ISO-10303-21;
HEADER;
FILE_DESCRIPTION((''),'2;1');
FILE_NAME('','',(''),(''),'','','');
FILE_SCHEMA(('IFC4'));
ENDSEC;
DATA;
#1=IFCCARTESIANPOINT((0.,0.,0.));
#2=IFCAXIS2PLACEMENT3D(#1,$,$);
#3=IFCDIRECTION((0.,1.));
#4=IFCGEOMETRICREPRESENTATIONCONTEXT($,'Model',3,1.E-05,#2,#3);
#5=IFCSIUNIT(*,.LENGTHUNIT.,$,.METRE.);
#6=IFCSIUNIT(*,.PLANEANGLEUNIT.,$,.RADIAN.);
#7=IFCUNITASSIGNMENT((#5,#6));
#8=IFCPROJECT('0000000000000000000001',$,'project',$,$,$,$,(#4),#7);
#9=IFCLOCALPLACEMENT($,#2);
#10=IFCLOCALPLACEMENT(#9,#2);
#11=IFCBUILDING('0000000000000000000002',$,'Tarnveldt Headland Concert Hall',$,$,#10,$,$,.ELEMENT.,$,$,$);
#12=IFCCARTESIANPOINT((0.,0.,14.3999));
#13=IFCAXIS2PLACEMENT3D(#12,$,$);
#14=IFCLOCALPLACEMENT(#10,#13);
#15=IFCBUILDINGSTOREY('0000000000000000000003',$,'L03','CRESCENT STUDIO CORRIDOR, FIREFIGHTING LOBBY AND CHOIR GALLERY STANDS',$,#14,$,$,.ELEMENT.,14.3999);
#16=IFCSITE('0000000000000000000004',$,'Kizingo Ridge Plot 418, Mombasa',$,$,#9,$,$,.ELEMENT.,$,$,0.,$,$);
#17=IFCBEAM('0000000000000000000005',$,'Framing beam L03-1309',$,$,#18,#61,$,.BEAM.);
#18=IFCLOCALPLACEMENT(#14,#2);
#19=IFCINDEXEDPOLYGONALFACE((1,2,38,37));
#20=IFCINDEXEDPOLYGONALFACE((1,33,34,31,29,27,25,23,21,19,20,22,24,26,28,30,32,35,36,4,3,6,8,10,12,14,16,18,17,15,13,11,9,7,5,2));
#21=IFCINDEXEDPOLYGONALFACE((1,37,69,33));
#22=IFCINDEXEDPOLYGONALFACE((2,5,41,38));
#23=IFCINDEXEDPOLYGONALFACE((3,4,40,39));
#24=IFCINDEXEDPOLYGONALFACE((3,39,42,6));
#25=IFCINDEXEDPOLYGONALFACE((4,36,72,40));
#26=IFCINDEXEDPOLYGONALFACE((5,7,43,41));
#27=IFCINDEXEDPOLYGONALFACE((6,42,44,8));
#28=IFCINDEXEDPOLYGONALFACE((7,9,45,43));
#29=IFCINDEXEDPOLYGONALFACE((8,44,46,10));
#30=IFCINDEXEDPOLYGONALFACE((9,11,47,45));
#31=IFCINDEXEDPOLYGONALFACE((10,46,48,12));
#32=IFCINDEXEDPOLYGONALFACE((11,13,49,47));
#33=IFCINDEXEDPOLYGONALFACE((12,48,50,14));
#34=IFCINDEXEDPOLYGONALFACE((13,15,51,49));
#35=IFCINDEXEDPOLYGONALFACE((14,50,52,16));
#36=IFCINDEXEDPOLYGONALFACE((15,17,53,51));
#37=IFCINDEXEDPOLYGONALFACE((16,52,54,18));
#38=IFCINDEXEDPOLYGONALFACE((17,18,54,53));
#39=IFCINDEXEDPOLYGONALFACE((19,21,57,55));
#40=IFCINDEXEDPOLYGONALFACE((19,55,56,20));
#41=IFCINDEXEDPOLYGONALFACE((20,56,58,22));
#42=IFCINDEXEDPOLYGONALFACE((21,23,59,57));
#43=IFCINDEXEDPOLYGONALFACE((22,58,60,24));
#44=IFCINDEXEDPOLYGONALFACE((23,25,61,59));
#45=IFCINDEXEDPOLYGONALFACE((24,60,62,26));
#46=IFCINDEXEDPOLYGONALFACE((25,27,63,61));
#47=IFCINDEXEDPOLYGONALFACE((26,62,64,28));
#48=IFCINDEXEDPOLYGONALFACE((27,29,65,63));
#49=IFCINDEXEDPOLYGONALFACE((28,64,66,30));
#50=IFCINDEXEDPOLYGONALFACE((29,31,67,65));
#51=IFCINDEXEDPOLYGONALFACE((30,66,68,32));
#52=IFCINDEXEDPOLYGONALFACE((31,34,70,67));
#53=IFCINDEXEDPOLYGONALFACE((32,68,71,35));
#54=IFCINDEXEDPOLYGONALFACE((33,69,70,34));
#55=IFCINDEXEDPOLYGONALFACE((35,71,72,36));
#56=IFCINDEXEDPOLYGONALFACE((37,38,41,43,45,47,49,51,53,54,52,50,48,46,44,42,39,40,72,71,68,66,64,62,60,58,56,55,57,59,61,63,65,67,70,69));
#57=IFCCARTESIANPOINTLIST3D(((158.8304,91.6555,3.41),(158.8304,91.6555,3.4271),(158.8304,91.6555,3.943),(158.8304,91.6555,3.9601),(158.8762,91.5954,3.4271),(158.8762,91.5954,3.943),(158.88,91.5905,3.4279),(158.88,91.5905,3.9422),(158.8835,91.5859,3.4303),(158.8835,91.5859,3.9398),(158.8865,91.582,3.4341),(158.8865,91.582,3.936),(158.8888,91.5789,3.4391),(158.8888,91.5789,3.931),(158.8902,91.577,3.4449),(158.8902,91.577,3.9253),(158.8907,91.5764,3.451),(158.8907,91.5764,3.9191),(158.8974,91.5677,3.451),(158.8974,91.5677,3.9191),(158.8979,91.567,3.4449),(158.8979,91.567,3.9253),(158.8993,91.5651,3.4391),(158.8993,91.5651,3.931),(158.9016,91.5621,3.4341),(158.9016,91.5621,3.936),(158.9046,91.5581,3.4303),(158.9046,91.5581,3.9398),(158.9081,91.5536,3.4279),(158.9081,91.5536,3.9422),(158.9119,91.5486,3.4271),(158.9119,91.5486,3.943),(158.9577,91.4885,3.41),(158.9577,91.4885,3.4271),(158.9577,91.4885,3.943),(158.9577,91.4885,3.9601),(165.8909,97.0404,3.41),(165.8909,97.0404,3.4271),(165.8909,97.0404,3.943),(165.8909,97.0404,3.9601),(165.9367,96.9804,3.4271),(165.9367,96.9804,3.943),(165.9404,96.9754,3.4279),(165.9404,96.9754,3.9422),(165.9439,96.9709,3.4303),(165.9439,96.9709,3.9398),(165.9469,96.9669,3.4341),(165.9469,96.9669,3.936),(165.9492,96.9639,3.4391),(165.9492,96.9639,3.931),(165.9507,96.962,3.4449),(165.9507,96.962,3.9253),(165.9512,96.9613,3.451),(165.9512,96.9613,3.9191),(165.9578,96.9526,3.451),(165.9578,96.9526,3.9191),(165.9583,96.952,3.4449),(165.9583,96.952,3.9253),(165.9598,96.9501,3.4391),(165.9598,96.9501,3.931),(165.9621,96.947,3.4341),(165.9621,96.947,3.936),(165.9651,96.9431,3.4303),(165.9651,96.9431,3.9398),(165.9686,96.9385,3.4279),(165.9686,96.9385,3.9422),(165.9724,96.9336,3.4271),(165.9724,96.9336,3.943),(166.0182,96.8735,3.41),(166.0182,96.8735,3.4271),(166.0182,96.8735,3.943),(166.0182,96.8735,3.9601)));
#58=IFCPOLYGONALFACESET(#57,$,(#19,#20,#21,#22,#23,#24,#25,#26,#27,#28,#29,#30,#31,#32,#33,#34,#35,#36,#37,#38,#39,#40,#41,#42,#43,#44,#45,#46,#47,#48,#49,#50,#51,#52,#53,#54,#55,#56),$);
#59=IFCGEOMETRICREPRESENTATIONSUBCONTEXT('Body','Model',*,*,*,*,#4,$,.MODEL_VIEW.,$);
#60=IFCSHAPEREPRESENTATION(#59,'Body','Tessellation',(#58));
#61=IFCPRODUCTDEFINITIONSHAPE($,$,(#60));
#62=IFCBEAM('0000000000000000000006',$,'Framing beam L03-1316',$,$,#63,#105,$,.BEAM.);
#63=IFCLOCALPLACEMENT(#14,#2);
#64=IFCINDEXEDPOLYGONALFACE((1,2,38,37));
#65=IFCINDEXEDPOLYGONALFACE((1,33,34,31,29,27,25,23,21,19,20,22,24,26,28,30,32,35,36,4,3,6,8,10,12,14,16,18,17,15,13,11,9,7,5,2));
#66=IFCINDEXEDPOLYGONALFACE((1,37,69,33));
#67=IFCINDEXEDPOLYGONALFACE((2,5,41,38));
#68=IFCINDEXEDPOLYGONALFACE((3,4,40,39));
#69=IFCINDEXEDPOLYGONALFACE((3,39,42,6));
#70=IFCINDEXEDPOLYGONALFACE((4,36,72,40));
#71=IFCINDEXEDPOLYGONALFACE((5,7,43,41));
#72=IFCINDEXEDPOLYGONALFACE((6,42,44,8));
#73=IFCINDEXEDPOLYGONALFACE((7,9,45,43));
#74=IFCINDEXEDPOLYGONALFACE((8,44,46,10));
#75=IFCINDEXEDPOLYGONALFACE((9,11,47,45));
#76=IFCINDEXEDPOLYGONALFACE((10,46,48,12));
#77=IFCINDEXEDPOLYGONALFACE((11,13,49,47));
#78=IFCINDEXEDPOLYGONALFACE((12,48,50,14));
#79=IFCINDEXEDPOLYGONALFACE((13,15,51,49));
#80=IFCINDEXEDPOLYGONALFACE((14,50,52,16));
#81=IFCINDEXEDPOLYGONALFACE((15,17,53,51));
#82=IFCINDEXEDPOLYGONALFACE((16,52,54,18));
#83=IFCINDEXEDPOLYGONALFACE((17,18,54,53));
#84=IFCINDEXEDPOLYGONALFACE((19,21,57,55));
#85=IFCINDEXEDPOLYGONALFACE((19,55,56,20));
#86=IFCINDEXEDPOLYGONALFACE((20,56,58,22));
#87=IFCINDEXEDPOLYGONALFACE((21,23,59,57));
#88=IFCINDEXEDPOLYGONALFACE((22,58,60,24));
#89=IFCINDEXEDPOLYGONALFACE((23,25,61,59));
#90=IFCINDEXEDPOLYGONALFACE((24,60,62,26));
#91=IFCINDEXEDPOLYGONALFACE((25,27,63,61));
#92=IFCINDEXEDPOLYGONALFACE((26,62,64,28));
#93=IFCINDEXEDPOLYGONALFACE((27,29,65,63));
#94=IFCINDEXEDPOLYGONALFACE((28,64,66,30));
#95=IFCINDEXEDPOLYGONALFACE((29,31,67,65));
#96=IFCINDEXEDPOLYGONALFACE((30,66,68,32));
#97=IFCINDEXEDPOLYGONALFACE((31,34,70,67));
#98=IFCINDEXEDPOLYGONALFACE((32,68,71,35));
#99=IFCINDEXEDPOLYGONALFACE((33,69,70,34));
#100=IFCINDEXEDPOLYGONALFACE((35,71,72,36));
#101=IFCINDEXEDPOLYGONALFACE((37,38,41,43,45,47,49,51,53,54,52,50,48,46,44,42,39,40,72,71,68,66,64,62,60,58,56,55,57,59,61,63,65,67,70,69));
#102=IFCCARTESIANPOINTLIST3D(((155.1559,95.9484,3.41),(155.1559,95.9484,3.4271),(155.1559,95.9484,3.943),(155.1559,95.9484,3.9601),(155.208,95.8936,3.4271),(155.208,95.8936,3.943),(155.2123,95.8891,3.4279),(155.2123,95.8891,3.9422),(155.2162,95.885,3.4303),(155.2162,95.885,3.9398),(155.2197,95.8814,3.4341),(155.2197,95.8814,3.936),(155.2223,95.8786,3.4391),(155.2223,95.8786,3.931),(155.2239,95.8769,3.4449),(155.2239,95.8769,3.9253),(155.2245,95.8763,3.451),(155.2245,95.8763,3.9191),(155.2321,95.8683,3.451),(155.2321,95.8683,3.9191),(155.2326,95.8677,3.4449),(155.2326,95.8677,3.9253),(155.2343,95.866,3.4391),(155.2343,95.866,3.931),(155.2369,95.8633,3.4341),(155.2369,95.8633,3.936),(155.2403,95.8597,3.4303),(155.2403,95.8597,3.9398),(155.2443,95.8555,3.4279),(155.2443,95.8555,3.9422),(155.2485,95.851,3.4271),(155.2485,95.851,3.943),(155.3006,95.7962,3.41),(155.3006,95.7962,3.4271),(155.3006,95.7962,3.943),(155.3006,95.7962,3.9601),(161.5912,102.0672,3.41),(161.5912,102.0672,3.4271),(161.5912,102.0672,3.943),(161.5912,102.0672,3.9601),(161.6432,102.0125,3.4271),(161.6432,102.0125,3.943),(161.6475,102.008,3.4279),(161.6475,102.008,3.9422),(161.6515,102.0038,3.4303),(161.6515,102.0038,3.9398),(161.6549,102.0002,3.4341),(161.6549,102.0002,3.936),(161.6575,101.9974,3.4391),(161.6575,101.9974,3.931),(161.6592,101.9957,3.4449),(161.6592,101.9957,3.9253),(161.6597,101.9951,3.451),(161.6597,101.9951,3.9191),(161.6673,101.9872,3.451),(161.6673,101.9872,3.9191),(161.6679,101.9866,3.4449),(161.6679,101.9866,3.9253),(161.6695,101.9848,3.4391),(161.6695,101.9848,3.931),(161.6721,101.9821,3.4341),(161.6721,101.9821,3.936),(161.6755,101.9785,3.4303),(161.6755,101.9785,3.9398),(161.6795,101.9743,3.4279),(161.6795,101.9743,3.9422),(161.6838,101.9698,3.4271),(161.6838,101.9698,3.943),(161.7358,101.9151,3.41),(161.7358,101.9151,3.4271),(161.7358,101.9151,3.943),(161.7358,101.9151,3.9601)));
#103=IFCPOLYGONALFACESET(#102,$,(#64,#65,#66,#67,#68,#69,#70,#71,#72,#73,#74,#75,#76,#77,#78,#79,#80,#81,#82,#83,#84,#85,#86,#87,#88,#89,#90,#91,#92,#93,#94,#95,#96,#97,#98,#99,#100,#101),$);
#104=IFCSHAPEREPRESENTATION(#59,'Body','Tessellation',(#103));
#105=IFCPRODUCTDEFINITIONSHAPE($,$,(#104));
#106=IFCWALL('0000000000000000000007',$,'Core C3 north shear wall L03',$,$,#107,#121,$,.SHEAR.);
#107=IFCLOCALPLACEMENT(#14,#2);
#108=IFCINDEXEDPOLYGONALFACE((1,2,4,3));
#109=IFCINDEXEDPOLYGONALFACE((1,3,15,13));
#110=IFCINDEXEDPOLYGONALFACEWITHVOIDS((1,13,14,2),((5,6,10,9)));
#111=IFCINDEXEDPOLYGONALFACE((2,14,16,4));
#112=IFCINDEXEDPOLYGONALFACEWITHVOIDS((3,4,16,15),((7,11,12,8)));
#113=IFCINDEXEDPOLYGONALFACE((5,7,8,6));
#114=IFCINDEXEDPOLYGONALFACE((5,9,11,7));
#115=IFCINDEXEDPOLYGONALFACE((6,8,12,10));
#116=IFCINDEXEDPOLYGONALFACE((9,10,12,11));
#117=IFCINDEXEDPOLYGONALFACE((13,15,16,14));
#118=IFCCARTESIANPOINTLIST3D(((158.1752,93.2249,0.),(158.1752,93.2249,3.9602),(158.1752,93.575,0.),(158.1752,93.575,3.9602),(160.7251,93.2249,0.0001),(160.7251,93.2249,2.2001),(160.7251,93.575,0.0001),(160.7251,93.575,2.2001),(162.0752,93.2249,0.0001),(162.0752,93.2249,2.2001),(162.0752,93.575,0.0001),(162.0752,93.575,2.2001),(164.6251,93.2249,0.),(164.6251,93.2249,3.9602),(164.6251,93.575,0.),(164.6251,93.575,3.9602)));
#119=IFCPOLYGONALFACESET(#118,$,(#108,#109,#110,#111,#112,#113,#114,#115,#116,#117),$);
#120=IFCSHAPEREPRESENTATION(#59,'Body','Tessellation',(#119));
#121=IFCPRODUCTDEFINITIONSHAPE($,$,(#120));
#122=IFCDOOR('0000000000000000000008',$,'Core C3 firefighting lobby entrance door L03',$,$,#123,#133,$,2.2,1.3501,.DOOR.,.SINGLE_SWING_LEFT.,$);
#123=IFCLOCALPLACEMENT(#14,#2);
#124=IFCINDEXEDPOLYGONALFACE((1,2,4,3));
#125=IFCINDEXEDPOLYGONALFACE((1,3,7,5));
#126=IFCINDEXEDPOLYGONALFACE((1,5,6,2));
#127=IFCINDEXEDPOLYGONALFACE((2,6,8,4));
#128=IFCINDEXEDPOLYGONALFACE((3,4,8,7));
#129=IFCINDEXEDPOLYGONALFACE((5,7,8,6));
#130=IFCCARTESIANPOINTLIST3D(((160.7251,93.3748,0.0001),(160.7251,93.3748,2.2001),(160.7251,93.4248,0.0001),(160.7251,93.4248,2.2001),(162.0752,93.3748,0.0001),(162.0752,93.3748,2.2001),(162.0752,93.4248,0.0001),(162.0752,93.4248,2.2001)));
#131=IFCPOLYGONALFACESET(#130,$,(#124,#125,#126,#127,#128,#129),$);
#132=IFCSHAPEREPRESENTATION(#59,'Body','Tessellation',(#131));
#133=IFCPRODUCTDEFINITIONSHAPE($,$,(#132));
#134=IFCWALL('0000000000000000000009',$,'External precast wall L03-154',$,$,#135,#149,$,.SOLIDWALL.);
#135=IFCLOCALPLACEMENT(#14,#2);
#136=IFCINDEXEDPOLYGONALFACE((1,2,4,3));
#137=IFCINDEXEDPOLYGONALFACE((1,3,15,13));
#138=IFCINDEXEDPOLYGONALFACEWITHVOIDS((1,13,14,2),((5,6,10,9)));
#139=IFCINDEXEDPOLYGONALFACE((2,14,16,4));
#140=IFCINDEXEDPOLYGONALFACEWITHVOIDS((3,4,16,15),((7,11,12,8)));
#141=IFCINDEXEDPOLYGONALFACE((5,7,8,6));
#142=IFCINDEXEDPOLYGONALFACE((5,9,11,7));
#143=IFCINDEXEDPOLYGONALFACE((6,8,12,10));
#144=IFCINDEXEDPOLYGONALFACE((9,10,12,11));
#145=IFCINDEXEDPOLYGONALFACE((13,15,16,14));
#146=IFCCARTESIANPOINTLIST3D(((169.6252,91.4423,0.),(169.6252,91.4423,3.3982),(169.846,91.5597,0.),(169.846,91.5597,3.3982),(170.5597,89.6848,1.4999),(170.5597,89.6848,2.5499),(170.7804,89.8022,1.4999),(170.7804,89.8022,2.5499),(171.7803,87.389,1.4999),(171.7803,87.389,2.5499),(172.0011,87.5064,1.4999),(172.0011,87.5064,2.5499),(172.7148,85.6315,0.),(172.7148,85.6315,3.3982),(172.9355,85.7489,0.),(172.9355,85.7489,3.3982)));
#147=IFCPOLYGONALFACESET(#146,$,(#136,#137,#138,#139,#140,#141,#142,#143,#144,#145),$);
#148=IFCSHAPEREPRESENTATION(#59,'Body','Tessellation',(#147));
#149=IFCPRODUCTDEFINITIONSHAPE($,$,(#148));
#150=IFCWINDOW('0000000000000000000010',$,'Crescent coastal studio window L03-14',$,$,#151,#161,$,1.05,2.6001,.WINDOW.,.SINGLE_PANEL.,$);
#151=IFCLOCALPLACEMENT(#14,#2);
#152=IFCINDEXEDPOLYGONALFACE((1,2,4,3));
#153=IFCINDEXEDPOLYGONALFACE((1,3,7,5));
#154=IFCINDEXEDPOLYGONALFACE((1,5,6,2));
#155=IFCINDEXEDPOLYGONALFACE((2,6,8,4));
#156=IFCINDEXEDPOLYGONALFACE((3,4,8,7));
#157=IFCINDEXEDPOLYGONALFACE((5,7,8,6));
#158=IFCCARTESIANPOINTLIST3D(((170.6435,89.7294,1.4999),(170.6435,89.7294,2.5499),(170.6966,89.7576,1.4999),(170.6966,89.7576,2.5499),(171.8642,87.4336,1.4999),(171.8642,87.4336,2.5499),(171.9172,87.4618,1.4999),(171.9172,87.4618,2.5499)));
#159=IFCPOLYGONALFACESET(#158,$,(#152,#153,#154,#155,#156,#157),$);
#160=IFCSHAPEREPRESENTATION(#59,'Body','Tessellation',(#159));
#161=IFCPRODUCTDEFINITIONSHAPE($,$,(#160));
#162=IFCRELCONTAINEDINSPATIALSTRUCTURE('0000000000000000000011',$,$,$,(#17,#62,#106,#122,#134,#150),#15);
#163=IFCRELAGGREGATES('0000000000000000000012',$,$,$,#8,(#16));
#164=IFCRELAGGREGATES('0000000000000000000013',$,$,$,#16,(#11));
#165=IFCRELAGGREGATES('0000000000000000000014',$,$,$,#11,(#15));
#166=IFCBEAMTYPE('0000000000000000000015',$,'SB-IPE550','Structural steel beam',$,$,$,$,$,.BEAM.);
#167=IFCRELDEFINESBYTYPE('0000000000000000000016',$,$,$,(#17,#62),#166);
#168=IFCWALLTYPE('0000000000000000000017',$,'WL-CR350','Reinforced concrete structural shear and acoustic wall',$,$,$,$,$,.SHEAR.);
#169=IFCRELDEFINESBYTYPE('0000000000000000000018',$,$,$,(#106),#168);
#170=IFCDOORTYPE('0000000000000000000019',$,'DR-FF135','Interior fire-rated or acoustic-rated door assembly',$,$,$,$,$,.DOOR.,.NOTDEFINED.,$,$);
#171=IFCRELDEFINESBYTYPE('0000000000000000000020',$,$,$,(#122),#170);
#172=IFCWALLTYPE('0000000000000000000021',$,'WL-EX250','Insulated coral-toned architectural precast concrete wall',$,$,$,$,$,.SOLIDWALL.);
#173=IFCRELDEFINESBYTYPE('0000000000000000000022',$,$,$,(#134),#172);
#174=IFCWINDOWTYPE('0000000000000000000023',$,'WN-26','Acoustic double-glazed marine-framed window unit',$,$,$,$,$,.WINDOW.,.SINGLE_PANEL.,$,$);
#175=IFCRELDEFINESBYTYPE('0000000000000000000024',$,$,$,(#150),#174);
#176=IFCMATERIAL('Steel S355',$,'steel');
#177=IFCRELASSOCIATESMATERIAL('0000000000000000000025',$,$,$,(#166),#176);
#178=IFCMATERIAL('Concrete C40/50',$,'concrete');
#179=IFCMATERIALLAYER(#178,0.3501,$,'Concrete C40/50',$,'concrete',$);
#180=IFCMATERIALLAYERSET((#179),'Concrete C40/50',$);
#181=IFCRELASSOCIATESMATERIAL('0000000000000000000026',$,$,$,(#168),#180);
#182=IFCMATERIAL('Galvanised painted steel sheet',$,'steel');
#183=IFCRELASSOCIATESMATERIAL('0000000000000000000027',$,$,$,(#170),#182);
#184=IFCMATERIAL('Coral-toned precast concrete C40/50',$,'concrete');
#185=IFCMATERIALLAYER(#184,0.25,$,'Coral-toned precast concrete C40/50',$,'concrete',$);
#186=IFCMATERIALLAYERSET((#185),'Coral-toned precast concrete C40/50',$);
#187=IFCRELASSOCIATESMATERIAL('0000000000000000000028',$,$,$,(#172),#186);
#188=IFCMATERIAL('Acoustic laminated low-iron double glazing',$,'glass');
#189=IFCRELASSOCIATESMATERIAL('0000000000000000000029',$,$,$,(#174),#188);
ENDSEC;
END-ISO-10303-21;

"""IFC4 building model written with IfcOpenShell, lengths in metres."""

from ifc_helpers import new_model, si_unit, direction, frame, frame_2d, origin, origin_2d, place, context, subcontext, project, spatial, rectangle, i_section, extrude, material, layer, layer_set, material_profile, profile_set, type_object, element, fill, save


model = new_model("IFC4")

# Units and contexts
model_context = context("Model", 3, precision=1e-05, world=origin(), true_north=direction((0.0, 1.0)))
body_context = subcontext(model_context, "Body", "Model", "MODEL_VIEW")
ifc_project = project(units=[si_unit("LENGTHUNIT", "METRE"), si_unit("PLANEANGLEUNIT", "RADIAN")], contexts=[model_context])

# Site, building, storey
site_placement = place(None, origin())
site = spatial("IfcSite", under=ifc_project, at=site_placement, Name="Kizingo Ridge Plot 418, Mombasa", CompositionType="ELEMENT", RefElevation=0.0)
building_placement = place(site_placement, origin())
building = spatial("IfcBuilding", under=site, at=building_placement, Name="Tarnveldt Headland Concert Hall", CompositionType="ELEMENT")
storey_placement = place(building_placement, frame((0.0, 0.0, 14.3999)))
storey = spatial("IfcBuildingStorey", under=building, at=storey_placement, Name="L03", Description="CRESCENT STUDIO CORRIDOR, FIREFIGHTING LOBBY AND CHOIR GALLERY STANDS", CompositionType="ELEMENT", Elevation=14.3999)

# Shared definitions
ifc_material_1 = material(Name="Concrete C40/50", Category="concrete")
ifc_material_2 = material(Name="Steel S355", Category="steel")

# Beams
ifc_material_profile_1 = material_profile(ifc_material_2, i_section(OverallWidth=0.21, OverallDepth=0.55, WebThickness=0.011, FlangeThickness=0.0171, FilletRadius=0.0239, at=origin_2d()), Name="IPE550", Category="steel")
ifc_profile_set_1 = profile_set([ifc_material_profile_1], Name="Steel S355")
beam_type_1 = type_object("IfcBeamType", Name="SB-IPE550", Description="Structural steel beam", PredefinedType="BEAM", material=ifc_profile_set_1)
beam_1_placement = place(storey_placement, frame((158.894, 91.572, 3.6851), z_axis=(0.795131, 0.606438, 0.0), x_axis=(-0.606438, 0.795131, 0.0)))
element("IfcBeam", 1, at=beam_1_placement, inside=storey, type_object=beam_type_1, Name="Framing beam L03-1309", PredefinedType="BEAM", context=body_context, shape_type="SweptSolid", body=[
    extrude(i_section(OverallWidth=0.21, OverallDepth=0.55, WebThickness=0.011, FlangeThickness=0.0171, FilletRadius=0.0239, at=origin_2d()), origin(), (0.0, 0.0, 1.0), 8.8796),
])
beam_2_placement = place(storey_placement, frame((155.2283, 95.8723, 3.6851), z_axis=(0.724698, 0.689067, 0.0), x_axis=(-0.689067, 0.724698, 0.0)))
element("IfcBeam", 2, at=beam_2_placement, inside=storey, type_object=beam_type_1, Name="Framing beam L03-1316", PredefinedType="BEAM", context=body_context, shape_type="SweptSolid", body=[
    extrude(i_section(OverallWidth=0.21, OverallDepth=0.55, WebThickness=0.011, FlangeThickness=0.0171, FilletRadius=0.0239, at=origin_2d()), origin(), (0.0, 0.0, 1.0), 8.8799),
])

# Wall, opening, door
ifc_layer_1 = layer(ifc_material_1, 0.3501, Name="Concrete C40/50", Category="concrete")
ifc_layer_set_1 = layer_set([ifc_layer_1], Name="Concrete C40/50")
wall_type_1 = type_object("IfcWallType", Name="WL-CR350", Description="Reinforced concrete structural shear and acoustic wall", PredefinedType="SHEAR", material=ifc_layer_set_1)
wall_1_placement = place(storey_placement, frame((158.175, 93.3999, 0.0), z_axis=(0.0, 0.0, 1.0), x_axis=(1.0, 0.0, 0.0)))
wall_1 = element("IfcWall", 3, at=wall_1_placement, inside=storey, type_object=wall_type_1, Name="Core C3 north shear wall L03", PredefinedType="SHEAR", context=body_context, shape_type="SweptSolid", body=[
    extrude(rectangle(XDim=6.45, YDim=0.3501, at=frame_2d((3.2251, 0.0))), origin(), (0.0, 0.0, 1.0), 3.9602),
])
opening_1_placement = place(wall_1_placement, frame((2.55, 0.0, 0.0)))
opening_1 = element("IfcOpeningElement", 4, at=opening_1_placement, cuts=wall_1, PredefinedType="OPENING", context=body_context, shape_type="SweptSolid", body=[
    extrude(rectangle(XDim=1.3501, YDim=2.2, at=frame_2d((0.675, 1.1001))), frame((0.0, 0.1851, 0.0), z_axis=(0.0, -1.0, 0.0), x_axis=(1.0, 0.0, 0.0)), (0.0, 0.0, 1.0), 0.3701),
])
ifc_material_3 = material(Name="Galvanised painted steel sheet", Category="steel")
door_type_1 = type_object("IfcDoorType", Name="DR-FF135", Description="Interior fire-rated or acoustic-rated door assembly", OperationType="NOTDEFINED", PredefinedType="DOOR", material=ifc_material_3)
door_1_placement = place(opening_1_placement, origin())
door_1 = element("IfcDoor", 5, at=door_1_placement, inside=storey, type_object=door_type_1, Name="Core C3 firefighting lobby entrance door L03", OperationType="SINGLE_SWING_LEFT", OverallHeight=2.2, OverallWidth=1.3501, PredefinedType="DOOR", context=body_context, shape_type="SweptSolid", body=[
    extrude(rectangle(XDim=1.3501, YDim=2.2, at=frame_2d((0.675, 1.1001))), frame((0.0, 0.0249, 0.0), z_axis=(0.0, -1.0, 0.0), x_axis=(1.0, 0.0, 0.0)), (0.0, 0.0, 1.0), 0.05),
])
fill(opening_1, door_1)

# Wall, opening, window
ifc_material_4 = material(Name="Coral-toned precast concrete C40/50", Category="concrete")
ifc_layer_2 = layer(ifc_material_4, 0.25, Name="Coral-toned precast concrete C40/50", Category="concrete")
ifc_layer_set_2 = layer_set([ifc_layer_2], Name="Coral-toned precast concrete C40/50")
wall_type_2 = type_object("IfcWallType", Name="WL-EX250", Description="Insulated coral-toned architectural precast concrete wall", PredefinedType="SOLIDWALL", material=ifc_layer_set_2)
wall_2_placement = place(storey_placement, frame((169.7356, 91.501, 0.0), z_axis=(0.0, 0.0, 1.0), x_axis=(0.469465, -0.882951, 0.0)))
wall_2 = element("IfcWall", 6, at=wall_2_placement, inside=storey, type_object=wall_type_2, Name="External precast wall L03-154", PredefinedType="SOLIDWALL", context=body_context, shape_type="SweptSolid", body=[
    extrude(rectangle(XDim=6.5811, YDim=0.25, at=frame_2d((3.2905, 0.0))), origin(), (0.0, 0.0, 1.0), 3.3982),
])
opening_2_placement = place(wall_2_placement, frame((1.9905, 0.0, 1.5)))
opening_2 = element("IfcOpeningElement", 7, at=opening_2_placement, cuts=wall_2, PredefinedType="OPENING", context=body_context, shape_type="SweptSolid", body=[
    extrude(rectangle(XDim=2.6001, YDim=1.05, at=frame_2d((1.3, 0.5249))), frame((0.0, 0.135, 0.0), z_axis=(0.0, -1.0, 0.0), x_axis=(1.0, 0.0, 0.0)), (0.0, 0.0, 1.0), 0.27),
])
ifc_material_5 = material(Name="Acoustic laminated low-iron double glazing", Category="glass")
window_type = type_object("IfcWindowType", Name="WN-26", Description="Acoustic double-glazed marine-framed window unit", PartitioningType="SINGLE_PANEL", PredefinedType="WINDOW", material=ifc_material_5)
window_placement = place(opening_2_placement, origin())
window = element("IfcWindow", 8, at=window_placement, inside=storey, type_object=window_type, Name="Crescent coastal studio window L03-14", OverallHeight=1.05, OverallWidth=2.6001, PartitioningType="SINGLE_PANEL", PredefinedType="WINDOW", context=body_context, shape_type="SweptSolid", body=[
    extrude(rectangle(XDim=2.6001, YDim=1.05, at=frame_2d((1.3, 0.5249))), frame((0.0, 0.03, 0.0), z_axis=(0.0, -1.0, 0.0), x_axis=(1.0, 0.0, 0.0)), (0.0, 0.0, 1.0), 0.0601),
])
fill(opening_2, window)

save(model, "model.ifc")
